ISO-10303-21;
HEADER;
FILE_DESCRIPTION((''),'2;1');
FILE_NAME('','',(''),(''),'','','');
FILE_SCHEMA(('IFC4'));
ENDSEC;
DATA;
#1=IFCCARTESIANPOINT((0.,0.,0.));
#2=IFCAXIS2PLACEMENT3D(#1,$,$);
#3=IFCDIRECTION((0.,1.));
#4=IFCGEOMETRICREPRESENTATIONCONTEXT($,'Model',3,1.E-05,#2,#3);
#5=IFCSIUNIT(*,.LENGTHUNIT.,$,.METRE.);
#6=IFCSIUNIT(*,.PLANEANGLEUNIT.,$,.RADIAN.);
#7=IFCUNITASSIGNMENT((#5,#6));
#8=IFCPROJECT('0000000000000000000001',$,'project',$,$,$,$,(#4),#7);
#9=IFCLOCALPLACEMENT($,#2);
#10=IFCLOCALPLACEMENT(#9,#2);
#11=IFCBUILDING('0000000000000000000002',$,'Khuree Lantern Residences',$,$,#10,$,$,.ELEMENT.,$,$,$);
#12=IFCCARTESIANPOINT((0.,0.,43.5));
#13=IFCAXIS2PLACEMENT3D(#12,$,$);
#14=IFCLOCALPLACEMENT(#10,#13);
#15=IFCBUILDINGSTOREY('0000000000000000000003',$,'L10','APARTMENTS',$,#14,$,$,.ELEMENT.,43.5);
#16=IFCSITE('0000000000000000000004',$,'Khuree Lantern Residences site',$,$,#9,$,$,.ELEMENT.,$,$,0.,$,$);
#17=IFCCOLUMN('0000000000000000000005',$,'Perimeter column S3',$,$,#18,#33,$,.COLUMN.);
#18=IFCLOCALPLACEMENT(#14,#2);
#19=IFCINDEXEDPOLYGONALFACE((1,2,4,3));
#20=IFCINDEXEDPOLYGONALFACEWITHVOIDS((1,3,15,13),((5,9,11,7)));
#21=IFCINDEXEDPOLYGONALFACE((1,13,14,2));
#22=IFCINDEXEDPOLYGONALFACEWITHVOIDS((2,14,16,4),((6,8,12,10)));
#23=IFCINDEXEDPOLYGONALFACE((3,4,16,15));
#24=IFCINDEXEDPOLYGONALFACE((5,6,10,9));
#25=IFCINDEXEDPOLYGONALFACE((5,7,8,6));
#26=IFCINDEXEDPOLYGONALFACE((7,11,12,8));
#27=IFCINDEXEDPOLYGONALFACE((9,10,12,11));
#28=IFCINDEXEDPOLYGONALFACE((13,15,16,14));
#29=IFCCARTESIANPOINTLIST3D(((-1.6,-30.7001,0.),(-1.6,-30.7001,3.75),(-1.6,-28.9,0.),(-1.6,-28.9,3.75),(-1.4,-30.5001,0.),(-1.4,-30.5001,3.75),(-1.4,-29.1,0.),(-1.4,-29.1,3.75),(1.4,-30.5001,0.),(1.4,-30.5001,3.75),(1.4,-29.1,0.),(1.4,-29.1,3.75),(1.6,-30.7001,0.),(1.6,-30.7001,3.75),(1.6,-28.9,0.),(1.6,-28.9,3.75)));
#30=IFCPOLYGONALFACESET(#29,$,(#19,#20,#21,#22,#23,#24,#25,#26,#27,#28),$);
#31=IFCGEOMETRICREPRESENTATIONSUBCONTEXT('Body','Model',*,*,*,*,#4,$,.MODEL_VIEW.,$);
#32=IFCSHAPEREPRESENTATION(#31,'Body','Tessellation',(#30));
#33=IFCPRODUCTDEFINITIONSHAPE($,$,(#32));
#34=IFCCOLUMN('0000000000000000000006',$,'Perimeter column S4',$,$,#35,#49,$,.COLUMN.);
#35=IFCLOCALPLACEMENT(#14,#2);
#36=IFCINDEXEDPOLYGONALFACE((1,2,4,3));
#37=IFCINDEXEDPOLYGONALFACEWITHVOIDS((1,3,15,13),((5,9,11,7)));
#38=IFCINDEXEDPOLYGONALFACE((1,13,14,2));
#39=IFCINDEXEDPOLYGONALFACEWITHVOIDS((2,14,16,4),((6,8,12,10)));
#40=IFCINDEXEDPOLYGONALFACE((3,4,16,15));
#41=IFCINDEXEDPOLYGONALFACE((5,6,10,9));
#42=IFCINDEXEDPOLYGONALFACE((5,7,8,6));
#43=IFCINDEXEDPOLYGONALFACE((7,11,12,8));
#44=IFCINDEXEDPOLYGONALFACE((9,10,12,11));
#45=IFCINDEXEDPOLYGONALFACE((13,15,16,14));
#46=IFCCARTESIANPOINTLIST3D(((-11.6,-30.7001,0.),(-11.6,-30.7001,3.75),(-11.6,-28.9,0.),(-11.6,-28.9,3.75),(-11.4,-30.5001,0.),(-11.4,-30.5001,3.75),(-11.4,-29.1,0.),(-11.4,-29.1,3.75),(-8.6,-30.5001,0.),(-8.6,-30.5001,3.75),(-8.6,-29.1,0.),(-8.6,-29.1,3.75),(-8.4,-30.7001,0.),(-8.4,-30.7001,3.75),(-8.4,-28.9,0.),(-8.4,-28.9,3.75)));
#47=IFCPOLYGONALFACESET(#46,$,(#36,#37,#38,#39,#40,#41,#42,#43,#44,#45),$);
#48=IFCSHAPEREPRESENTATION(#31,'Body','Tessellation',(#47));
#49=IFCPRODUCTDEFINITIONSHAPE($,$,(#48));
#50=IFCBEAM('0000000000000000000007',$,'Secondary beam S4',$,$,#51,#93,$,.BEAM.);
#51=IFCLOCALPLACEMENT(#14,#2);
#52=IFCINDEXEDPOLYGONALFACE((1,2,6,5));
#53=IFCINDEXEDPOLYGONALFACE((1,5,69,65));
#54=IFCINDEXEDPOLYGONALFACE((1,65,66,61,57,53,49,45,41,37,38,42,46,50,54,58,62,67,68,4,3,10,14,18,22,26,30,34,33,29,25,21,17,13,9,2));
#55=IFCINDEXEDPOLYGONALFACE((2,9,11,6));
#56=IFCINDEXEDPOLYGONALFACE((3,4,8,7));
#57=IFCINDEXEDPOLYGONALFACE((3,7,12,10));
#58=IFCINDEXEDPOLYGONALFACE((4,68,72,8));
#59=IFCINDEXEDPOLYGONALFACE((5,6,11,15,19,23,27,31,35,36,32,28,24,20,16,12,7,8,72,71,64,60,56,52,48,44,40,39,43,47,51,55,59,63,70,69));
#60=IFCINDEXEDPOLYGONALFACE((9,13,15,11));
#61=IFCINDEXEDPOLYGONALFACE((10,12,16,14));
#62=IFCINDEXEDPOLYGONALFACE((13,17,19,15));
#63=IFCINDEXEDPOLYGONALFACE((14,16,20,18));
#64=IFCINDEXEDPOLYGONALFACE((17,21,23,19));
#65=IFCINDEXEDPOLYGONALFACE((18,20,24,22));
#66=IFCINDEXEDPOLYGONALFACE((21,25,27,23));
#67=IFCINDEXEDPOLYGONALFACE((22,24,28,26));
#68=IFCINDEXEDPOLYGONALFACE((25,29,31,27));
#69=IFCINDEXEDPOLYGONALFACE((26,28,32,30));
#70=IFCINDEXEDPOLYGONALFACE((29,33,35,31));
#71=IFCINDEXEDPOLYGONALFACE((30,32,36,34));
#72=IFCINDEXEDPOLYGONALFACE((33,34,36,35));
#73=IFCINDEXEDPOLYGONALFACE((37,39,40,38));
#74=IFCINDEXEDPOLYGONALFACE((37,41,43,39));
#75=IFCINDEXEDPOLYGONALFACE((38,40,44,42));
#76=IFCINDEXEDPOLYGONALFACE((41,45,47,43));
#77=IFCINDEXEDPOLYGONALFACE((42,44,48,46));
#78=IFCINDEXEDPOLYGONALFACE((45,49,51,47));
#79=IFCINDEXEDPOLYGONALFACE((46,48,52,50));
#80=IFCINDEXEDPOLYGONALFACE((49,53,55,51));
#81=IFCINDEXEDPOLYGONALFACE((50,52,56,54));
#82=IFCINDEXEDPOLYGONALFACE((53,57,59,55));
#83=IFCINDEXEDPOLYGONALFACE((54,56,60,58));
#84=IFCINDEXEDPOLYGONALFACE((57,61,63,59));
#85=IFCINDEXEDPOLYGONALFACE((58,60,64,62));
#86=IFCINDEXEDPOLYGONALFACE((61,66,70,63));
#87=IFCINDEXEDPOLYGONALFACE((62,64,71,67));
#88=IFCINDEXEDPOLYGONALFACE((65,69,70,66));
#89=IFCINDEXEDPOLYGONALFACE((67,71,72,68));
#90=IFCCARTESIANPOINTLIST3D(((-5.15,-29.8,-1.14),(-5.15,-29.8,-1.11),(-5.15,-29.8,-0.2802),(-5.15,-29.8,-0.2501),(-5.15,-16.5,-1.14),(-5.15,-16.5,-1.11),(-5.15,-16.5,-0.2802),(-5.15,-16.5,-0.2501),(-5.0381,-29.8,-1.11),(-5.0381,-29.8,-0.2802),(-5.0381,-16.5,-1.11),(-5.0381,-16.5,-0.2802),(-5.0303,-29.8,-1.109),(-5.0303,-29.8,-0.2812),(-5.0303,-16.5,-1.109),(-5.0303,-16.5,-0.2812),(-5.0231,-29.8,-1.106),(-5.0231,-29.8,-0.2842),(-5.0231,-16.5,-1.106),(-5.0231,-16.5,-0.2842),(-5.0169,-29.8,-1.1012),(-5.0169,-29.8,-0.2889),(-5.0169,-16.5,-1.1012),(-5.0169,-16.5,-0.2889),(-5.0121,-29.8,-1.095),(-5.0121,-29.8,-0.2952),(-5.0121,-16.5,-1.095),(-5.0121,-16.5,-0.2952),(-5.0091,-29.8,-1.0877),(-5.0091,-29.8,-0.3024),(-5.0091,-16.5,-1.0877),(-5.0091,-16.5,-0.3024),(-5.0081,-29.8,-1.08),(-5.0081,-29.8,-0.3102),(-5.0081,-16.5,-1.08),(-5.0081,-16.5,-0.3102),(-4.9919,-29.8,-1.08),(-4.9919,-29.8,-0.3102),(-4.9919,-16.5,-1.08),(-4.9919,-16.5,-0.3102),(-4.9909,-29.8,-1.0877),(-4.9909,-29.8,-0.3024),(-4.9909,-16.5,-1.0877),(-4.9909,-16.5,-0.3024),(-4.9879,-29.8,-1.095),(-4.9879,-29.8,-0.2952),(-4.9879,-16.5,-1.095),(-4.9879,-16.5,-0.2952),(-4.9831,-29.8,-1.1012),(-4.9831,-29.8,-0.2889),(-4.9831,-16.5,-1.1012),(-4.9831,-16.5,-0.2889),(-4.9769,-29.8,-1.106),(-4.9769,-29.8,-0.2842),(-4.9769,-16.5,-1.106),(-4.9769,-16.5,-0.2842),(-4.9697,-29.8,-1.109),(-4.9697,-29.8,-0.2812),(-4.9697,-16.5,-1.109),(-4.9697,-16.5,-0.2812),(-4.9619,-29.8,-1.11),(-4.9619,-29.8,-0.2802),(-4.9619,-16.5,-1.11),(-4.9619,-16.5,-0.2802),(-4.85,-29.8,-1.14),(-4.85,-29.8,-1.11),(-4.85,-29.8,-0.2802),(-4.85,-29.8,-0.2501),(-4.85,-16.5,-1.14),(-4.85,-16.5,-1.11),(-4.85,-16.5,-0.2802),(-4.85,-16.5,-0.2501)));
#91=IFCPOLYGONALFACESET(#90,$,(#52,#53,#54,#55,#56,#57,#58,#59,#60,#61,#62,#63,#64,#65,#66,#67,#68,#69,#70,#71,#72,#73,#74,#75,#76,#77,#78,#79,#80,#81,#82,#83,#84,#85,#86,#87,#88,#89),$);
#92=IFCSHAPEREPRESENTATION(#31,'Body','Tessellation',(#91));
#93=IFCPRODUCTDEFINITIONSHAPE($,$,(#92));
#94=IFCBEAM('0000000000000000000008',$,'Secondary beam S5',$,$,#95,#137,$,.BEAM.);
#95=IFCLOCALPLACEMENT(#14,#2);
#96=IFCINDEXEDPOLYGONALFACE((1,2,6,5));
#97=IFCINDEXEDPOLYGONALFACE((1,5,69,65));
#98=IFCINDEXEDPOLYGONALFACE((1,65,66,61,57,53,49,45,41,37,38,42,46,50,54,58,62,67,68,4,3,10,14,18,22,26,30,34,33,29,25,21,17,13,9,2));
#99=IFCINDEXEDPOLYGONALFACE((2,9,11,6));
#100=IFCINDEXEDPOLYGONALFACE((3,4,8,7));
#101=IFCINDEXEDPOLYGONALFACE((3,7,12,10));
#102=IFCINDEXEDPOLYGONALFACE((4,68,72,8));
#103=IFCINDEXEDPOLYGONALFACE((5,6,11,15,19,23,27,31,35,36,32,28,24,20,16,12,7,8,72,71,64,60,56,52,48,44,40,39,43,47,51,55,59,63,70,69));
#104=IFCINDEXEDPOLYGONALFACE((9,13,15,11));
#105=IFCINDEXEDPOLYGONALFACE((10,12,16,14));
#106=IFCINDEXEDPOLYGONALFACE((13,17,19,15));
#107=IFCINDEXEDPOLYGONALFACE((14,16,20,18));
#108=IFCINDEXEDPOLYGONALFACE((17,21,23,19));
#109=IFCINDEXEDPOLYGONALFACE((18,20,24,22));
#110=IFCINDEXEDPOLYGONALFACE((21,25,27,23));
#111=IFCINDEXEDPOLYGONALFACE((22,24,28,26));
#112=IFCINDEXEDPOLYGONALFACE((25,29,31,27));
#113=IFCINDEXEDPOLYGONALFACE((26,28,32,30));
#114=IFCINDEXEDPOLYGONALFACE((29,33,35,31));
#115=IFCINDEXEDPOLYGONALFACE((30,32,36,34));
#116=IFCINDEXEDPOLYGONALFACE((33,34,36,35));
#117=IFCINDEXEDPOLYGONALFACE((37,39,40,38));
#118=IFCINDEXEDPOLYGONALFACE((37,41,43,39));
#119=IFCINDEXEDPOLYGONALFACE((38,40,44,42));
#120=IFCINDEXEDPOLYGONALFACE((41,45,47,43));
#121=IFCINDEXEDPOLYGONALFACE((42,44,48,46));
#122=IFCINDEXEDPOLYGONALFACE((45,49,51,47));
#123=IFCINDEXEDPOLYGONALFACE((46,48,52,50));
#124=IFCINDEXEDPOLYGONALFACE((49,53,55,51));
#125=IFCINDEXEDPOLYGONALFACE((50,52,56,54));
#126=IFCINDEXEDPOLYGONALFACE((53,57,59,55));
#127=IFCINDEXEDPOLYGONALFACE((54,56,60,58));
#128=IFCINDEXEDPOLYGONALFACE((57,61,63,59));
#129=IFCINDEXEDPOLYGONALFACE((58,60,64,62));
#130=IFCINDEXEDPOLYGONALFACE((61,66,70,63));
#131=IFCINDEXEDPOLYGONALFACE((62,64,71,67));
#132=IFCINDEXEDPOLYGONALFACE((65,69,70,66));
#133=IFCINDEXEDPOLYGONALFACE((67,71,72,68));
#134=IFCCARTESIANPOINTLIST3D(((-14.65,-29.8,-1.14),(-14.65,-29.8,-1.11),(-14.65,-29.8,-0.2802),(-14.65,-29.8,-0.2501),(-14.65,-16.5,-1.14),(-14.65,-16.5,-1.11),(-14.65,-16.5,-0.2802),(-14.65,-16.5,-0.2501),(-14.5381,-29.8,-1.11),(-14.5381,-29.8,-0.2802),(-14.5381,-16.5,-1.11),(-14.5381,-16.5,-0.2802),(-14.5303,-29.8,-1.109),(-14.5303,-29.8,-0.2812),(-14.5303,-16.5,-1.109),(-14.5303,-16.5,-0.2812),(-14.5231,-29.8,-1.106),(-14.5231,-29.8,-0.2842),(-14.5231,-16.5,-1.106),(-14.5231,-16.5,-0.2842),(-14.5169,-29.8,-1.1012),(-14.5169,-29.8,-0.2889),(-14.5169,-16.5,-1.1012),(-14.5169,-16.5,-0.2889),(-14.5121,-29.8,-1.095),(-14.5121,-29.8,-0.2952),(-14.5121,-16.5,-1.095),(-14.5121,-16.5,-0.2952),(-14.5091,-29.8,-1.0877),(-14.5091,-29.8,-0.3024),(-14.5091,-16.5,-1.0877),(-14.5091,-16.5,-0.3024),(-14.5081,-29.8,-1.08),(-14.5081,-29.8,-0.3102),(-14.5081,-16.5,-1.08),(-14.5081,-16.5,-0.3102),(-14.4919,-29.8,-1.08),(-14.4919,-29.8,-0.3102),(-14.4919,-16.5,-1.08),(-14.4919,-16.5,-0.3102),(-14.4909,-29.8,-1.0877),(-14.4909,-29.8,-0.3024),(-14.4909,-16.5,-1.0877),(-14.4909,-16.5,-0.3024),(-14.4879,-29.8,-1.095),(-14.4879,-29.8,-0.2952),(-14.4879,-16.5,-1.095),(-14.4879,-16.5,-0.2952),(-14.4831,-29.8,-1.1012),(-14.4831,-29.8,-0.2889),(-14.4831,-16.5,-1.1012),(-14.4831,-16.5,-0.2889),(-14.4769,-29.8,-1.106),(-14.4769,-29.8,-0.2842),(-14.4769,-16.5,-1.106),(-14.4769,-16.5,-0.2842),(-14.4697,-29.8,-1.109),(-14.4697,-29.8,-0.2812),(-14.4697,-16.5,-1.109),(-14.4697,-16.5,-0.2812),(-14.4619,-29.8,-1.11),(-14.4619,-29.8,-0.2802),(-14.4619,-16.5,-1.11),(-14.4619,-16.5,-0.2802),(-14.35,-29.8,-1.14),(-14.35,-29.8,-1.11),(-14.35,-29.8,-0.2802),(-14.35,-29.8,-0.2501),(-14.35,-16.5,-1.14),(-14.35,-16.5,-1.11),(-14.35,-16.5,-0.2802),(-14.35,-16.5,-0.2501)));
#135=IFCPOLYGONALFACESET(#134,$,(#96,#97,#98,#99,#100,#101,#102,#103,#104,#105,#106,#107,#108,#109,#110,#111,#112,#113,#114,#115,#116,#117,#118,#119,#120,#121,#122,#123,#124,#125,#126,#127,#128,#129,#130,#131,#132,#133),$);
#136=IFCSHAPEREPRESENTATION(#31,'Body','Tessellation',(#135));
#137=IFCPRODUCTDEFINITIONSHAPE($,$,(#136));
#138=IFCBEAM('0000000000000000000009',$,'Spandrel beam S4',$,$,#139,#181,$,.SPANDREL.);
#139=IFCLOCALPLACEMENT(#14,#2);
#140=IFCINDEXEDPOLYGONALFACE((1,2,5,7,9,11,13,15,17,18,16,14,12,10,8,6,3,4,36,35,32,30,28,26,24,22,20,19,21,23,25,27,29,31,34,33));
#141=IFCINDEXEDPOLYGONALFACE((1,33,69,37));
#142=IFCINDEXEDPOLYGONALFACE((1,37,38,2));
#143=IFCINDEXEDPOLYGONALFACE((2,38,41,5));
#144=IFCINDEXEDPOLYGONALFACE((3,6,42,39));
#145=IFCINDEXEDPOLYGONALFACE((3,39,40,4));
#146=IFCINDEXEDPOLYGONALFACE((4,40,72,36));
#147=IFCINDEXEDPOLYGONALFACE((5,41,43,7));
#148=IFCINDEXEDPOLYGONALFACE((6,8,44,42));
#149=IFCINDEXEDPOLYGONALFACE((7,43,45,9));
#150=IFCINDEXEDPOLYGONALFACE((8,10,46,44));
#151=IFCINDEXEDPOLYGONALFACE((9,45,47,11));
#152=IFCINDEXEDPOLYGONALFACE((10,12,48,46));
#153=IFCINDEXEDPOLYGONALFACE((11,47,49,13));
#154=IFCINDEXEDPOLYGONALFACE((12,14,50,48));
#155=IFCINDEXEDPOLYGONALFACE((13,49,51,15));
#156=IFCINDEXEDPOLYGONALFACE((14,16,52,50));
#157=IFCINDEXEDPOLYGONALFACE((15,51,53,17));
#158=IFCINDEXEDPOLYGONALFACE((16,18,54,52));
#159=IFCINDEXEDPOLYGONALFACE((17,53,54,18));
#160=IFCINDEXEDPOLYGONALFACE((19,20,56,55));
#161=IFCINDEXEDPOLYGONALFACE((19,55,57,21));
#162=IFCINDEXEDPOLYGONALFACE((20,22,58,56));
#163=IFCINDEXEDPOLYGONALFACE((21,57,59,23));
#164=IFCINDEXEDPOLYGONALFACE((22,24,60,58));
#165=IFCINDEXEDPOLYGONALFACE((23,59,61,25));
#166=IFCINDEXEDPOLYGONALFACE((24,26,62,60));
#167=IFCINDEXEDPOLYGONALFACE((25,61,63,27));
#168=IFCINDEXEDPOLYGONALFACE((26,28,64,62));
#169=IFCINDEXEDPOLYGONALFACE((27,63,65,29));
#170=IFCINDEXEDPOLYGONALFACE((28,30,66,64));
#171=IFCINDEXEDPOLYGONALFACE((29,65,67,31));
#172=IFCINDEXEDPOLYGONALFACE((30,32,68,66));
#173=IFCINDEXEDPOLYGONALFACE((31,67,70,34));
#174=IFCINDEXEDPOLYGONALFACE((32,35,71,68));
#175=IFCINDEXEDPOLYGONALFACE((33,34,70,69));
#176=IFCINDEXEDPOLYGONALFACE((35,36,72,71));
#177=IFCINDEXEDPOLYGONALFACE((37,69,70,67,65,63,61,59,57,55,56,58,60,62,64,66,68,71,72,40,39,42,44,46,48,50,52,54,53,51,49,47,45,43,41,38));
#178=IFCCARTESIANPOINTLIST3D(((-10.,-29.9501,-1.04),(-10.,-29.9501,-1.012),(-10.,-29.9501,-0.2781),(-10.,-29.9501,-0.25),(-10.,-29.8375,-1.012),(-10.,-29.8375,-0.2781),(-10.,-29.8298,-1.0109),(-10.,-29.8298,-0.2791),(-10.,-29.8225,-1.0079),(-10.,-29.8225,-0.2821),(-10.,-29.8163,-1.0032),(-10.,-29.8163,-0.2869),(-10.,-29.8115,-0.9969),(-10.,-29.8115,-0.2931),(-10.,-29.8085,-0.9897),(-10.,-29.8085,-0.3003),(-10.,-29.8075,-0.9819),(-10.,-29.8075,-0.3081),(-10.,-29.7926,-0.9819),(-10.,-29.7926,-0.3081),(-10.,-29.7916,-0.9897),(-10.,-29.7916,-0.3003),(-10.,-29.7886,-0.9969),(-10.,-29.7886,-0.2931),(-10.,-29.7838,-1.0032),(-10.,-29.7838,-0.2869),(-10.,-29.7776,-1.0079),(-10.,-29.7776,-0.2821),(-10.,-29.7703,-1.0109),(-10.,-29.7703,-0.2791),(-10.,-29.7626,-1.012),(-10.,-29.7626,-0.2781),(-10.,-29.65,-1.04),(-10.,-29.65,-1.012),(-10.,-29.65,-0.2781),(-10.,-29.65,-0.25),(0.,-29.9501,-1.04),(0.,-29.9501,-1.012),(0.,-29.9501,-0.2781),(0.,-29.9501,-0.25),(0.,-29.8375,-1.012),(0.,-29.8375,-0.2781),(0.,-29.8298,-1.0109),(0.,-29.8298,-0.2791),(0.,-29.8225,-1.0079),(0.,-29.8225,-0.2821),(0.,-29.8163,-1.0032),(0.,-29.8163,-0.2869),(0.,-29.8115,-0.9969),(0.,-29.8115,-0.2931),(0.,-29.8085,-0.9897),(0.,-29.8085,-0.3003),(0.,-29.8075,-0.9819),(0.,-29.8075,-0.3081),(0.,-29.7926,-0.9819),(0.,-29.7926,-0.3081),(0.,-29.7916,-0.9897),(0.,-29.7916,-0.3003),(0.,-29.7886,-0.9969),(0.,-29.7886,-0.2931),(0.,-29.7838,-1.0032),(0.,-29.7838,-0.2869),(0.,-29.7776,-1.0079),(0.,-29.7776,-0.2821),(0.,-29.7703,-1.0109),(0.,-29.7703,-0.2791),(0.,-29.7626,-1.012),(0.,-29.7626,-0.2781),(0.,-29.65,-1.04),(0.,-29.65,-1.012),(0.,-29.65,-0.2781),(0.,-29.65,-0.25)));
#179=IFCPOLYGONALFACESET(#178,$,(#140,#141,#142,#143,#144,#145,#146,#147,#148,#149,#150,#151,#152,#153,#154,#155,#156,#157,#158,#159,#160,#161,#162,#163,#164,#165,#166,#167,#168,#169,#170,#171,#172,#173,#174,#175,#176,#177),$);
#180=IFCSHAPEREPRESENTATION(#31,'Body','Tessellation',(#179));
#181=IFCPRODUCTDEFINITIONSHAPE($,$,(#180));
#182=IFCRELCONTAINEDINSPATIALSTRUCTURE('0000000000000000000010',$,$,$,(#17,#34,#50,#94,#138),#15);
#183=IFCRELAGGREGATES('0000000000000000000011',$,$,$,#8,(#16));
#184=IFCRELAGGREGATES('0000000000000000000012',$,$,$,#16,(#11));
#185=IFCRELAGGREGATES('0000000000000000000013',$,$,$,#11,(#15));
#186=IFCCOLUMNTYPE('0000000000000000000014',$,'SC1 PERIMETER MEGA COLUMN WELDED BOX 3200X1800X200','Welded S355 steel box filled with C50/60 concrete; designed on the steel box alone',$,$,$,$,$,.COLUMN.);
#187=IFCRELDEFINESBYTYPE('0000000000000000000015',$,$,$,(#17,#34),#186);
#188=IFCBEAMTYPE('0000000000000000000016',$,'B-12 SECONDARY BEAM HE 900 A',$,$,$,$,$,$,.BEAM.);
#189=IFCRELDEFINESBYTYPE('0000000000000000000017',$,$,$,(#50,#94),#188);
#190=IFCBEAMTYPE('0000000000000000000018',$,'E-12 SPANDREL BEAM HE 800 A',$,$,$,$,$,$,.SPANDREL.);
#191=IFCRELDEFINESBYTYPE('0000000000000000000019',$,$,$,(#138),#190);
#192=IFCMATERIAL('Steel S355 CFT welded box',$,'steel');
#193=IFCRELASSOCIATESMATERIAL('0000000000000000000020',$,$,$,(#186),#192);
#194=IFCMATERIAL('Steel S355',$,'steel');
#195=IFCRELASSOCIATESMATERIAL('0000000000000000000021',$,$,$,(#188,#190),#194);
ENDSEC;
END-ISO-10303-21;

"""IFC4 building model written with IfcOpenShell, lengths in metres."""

from ifc_helpers import new_model, si_unit, direction, frame, origin, origin_2d, place, context, subcontext, project, spatial, hollow_rectangle, i_section, extrude, material, material_profile, profile_set, type_object, element, save


model = new_model("IFC4")

# Units and contexts
model_context = context("Model", 3, precision=1e-05, world=origin(), true_north=direction((0.0, 1.0)))
body_context = subcontext(model_context, "Body", "Model", "MODEL_VIEW")
ifc_project = project(units=[si_unit("LENGTHUNIT", "METRE"), si_unit("PLANEANGLEUNIT", "RADIAN")], contexts=[model_context])

# Site, building, storey
site_placement = place(None, origin())
site = spatial("IfcSite", under=ifc_project, at=site_placement, Name="Khuree Lantern Residences site", CompositionType="ELEMENT", RefElevation=0.0)
building_placement = place(site_placement, origin())
building = spatial("IfcBuilding", under=site, at=building_placement, Name="Khuree Lantern Residences", CompositionType="ELEMENT")
storey_placement = place(building_placement, frame((0.0, 0.0, 43.5)))
storey = spatial("IfcBuildingStorey", under=building, at=storey_placement, Name="L10", Description="APARTMENTS", CompositionType="ELEMENT", Elevation=43.5)

# Columns
ifc_material_1 = material(Name="Steel S355 CFT welded box", Category="steel")
ifc_material_profile_1 = material_profile(ifc_material_1, hollow_rectangle(XDim=3.2, YDim=1.8, WallThickness=0.2, at=origin_2d()), Name="WELDED BOX 3200X1800X200")
ifc_profile_set_1 = profile_set([ifc_material_profile_1], Name="Steel S355 CFT welded box")
column_type = type_object("IfcColumnType", Name="SC1 PERIMETER MEGA COLUMN WELDED BOX 3200X1800X200", Description="Welded S355 steel box filled with C50/60 concrete; designed on the steel box alone", PredefinedType="COLUMN", material=ifc_profile_set_1)
for number, where, z_axis, x_axis, name in (
    (1, (0.0, -29.8, 0.0), (0.0, 0.0, 1.0), (1.0, 0.0, 0.0), "Perimeter column S3"),
    (2, (-10.0, -29.8, 0.0), (0.0, 0.0, 1.0), (1.0, 0.0, 0.0), "Perimeter column S4"),
):
    element("IfcColumn", number, at=place(storey_placement, frame(where, z_axis=z_axis, x_axis=x_axis)), inside=storey, type_object=column_type, Name=name, PredefinedType="COLUMN", context=body_context, shape_type="SweptSolid", body=[
        extrude(hollow_rectangle(XDim=3.2, YDim=1.8, WallThickness=0.2, at=origin_2d()), origin(), (0.0, 0.0, 1.0), 3.75),
    ])

# Beams
ifc_material_2 = material(Name="Steel S355", Category="steel")
ifc_material_profile_2 = material_profile(ifc_material_2, i_section(OverallWidth=0.3, OverallDepth=0.8899, WebThickness=0.0161, FlangeThickness=0.03, FilletRadius=0.03, at=origin_2d()), Name="HE 900 A")
ifc_profile_set_2 = profile_set([ifc_material_profile_2], Name="Steel S355")
beam_type_1 = type_object("IfcBeamType", Name="B-12 SECONDARY BEAM HE 900 A", PredefinedType="BEAM", material=ifc_profile_set_2)
for number, where, z_axis, x_axis, name in (
    (3, (-5.0, -29.8, -0.6951), (0.0, 1.0, 0.0), (-1.0, 0.0, 0.0), "Secondary beam S4"),
    (4, (-14.5, -29.8, -0.6951), (0.0, 1.0, 0.0), (-1.0, 0.0, 0.0), "Secondary beam S5"),
):
    element("IfcBeam", number, at=place(storey_placement, frame(where, z_axis=z_axis, x_axis=x_axis)), inside=storey, type_object=beam_type_1, Name=name, PredefinedType="BEAM", context=body_context, shape_type="SweptSolid", body=[
        extrude(i_section(OverallWidth=0.3, OverallDepth=0.8899, WebThickness=0.0161, FlangeThickness=0.03, FilletRadius=0.03, at=origin_2d()), origin(), (0.0, 0.0, 1.0), 13.3),
    ])
ifc_material_profile_3 = material_profile(ifc_material_2, i_section(OverallWidth=0.3, OverallDepth=0.79, WebThickness=0.0149, FlangeThickness=0.0281, FilletRadius=0.03, at=origin_2d()), Name="HE 800 A")
ifc_profile_set_3 = profile_set([ifc_material_profile_3], Name="Steel S355")
beam_type_2 = type_object("IfcBeamType", Name="E-12 SPANDREL BEAM HE 800 A", PredefinedType="SPANDREL", material=ifc_profile_set_3)
for number, where, z_axis, x_axis, name in (
    (5, (0.0, -29.8, -0.645), (-1.0, 0.0, 0.0), (0.0, -1.0, 0.0), "Spandrel beam S4"),
):
    element("IfcBeam", number, at=place(storey_placement, frame(where, z_axis=z_axis, x_axis=x_axis)), inside=storey, type_object=beam_type_2, Name=name, PredefinedType="SPANDREL", context=body_context, shape_type="SweptSolid", body=[
        extrude(i_section(OverallWidth=0.3, OverallDepth=0.79, WebThickness=0.0149, FlangeThickness=0.0281, FilletRadius=0.03, at=origin_2d()), origin(), (0.0, 0.0, 1.0), 10.0),
    ])

save(model, "model.ifc")
